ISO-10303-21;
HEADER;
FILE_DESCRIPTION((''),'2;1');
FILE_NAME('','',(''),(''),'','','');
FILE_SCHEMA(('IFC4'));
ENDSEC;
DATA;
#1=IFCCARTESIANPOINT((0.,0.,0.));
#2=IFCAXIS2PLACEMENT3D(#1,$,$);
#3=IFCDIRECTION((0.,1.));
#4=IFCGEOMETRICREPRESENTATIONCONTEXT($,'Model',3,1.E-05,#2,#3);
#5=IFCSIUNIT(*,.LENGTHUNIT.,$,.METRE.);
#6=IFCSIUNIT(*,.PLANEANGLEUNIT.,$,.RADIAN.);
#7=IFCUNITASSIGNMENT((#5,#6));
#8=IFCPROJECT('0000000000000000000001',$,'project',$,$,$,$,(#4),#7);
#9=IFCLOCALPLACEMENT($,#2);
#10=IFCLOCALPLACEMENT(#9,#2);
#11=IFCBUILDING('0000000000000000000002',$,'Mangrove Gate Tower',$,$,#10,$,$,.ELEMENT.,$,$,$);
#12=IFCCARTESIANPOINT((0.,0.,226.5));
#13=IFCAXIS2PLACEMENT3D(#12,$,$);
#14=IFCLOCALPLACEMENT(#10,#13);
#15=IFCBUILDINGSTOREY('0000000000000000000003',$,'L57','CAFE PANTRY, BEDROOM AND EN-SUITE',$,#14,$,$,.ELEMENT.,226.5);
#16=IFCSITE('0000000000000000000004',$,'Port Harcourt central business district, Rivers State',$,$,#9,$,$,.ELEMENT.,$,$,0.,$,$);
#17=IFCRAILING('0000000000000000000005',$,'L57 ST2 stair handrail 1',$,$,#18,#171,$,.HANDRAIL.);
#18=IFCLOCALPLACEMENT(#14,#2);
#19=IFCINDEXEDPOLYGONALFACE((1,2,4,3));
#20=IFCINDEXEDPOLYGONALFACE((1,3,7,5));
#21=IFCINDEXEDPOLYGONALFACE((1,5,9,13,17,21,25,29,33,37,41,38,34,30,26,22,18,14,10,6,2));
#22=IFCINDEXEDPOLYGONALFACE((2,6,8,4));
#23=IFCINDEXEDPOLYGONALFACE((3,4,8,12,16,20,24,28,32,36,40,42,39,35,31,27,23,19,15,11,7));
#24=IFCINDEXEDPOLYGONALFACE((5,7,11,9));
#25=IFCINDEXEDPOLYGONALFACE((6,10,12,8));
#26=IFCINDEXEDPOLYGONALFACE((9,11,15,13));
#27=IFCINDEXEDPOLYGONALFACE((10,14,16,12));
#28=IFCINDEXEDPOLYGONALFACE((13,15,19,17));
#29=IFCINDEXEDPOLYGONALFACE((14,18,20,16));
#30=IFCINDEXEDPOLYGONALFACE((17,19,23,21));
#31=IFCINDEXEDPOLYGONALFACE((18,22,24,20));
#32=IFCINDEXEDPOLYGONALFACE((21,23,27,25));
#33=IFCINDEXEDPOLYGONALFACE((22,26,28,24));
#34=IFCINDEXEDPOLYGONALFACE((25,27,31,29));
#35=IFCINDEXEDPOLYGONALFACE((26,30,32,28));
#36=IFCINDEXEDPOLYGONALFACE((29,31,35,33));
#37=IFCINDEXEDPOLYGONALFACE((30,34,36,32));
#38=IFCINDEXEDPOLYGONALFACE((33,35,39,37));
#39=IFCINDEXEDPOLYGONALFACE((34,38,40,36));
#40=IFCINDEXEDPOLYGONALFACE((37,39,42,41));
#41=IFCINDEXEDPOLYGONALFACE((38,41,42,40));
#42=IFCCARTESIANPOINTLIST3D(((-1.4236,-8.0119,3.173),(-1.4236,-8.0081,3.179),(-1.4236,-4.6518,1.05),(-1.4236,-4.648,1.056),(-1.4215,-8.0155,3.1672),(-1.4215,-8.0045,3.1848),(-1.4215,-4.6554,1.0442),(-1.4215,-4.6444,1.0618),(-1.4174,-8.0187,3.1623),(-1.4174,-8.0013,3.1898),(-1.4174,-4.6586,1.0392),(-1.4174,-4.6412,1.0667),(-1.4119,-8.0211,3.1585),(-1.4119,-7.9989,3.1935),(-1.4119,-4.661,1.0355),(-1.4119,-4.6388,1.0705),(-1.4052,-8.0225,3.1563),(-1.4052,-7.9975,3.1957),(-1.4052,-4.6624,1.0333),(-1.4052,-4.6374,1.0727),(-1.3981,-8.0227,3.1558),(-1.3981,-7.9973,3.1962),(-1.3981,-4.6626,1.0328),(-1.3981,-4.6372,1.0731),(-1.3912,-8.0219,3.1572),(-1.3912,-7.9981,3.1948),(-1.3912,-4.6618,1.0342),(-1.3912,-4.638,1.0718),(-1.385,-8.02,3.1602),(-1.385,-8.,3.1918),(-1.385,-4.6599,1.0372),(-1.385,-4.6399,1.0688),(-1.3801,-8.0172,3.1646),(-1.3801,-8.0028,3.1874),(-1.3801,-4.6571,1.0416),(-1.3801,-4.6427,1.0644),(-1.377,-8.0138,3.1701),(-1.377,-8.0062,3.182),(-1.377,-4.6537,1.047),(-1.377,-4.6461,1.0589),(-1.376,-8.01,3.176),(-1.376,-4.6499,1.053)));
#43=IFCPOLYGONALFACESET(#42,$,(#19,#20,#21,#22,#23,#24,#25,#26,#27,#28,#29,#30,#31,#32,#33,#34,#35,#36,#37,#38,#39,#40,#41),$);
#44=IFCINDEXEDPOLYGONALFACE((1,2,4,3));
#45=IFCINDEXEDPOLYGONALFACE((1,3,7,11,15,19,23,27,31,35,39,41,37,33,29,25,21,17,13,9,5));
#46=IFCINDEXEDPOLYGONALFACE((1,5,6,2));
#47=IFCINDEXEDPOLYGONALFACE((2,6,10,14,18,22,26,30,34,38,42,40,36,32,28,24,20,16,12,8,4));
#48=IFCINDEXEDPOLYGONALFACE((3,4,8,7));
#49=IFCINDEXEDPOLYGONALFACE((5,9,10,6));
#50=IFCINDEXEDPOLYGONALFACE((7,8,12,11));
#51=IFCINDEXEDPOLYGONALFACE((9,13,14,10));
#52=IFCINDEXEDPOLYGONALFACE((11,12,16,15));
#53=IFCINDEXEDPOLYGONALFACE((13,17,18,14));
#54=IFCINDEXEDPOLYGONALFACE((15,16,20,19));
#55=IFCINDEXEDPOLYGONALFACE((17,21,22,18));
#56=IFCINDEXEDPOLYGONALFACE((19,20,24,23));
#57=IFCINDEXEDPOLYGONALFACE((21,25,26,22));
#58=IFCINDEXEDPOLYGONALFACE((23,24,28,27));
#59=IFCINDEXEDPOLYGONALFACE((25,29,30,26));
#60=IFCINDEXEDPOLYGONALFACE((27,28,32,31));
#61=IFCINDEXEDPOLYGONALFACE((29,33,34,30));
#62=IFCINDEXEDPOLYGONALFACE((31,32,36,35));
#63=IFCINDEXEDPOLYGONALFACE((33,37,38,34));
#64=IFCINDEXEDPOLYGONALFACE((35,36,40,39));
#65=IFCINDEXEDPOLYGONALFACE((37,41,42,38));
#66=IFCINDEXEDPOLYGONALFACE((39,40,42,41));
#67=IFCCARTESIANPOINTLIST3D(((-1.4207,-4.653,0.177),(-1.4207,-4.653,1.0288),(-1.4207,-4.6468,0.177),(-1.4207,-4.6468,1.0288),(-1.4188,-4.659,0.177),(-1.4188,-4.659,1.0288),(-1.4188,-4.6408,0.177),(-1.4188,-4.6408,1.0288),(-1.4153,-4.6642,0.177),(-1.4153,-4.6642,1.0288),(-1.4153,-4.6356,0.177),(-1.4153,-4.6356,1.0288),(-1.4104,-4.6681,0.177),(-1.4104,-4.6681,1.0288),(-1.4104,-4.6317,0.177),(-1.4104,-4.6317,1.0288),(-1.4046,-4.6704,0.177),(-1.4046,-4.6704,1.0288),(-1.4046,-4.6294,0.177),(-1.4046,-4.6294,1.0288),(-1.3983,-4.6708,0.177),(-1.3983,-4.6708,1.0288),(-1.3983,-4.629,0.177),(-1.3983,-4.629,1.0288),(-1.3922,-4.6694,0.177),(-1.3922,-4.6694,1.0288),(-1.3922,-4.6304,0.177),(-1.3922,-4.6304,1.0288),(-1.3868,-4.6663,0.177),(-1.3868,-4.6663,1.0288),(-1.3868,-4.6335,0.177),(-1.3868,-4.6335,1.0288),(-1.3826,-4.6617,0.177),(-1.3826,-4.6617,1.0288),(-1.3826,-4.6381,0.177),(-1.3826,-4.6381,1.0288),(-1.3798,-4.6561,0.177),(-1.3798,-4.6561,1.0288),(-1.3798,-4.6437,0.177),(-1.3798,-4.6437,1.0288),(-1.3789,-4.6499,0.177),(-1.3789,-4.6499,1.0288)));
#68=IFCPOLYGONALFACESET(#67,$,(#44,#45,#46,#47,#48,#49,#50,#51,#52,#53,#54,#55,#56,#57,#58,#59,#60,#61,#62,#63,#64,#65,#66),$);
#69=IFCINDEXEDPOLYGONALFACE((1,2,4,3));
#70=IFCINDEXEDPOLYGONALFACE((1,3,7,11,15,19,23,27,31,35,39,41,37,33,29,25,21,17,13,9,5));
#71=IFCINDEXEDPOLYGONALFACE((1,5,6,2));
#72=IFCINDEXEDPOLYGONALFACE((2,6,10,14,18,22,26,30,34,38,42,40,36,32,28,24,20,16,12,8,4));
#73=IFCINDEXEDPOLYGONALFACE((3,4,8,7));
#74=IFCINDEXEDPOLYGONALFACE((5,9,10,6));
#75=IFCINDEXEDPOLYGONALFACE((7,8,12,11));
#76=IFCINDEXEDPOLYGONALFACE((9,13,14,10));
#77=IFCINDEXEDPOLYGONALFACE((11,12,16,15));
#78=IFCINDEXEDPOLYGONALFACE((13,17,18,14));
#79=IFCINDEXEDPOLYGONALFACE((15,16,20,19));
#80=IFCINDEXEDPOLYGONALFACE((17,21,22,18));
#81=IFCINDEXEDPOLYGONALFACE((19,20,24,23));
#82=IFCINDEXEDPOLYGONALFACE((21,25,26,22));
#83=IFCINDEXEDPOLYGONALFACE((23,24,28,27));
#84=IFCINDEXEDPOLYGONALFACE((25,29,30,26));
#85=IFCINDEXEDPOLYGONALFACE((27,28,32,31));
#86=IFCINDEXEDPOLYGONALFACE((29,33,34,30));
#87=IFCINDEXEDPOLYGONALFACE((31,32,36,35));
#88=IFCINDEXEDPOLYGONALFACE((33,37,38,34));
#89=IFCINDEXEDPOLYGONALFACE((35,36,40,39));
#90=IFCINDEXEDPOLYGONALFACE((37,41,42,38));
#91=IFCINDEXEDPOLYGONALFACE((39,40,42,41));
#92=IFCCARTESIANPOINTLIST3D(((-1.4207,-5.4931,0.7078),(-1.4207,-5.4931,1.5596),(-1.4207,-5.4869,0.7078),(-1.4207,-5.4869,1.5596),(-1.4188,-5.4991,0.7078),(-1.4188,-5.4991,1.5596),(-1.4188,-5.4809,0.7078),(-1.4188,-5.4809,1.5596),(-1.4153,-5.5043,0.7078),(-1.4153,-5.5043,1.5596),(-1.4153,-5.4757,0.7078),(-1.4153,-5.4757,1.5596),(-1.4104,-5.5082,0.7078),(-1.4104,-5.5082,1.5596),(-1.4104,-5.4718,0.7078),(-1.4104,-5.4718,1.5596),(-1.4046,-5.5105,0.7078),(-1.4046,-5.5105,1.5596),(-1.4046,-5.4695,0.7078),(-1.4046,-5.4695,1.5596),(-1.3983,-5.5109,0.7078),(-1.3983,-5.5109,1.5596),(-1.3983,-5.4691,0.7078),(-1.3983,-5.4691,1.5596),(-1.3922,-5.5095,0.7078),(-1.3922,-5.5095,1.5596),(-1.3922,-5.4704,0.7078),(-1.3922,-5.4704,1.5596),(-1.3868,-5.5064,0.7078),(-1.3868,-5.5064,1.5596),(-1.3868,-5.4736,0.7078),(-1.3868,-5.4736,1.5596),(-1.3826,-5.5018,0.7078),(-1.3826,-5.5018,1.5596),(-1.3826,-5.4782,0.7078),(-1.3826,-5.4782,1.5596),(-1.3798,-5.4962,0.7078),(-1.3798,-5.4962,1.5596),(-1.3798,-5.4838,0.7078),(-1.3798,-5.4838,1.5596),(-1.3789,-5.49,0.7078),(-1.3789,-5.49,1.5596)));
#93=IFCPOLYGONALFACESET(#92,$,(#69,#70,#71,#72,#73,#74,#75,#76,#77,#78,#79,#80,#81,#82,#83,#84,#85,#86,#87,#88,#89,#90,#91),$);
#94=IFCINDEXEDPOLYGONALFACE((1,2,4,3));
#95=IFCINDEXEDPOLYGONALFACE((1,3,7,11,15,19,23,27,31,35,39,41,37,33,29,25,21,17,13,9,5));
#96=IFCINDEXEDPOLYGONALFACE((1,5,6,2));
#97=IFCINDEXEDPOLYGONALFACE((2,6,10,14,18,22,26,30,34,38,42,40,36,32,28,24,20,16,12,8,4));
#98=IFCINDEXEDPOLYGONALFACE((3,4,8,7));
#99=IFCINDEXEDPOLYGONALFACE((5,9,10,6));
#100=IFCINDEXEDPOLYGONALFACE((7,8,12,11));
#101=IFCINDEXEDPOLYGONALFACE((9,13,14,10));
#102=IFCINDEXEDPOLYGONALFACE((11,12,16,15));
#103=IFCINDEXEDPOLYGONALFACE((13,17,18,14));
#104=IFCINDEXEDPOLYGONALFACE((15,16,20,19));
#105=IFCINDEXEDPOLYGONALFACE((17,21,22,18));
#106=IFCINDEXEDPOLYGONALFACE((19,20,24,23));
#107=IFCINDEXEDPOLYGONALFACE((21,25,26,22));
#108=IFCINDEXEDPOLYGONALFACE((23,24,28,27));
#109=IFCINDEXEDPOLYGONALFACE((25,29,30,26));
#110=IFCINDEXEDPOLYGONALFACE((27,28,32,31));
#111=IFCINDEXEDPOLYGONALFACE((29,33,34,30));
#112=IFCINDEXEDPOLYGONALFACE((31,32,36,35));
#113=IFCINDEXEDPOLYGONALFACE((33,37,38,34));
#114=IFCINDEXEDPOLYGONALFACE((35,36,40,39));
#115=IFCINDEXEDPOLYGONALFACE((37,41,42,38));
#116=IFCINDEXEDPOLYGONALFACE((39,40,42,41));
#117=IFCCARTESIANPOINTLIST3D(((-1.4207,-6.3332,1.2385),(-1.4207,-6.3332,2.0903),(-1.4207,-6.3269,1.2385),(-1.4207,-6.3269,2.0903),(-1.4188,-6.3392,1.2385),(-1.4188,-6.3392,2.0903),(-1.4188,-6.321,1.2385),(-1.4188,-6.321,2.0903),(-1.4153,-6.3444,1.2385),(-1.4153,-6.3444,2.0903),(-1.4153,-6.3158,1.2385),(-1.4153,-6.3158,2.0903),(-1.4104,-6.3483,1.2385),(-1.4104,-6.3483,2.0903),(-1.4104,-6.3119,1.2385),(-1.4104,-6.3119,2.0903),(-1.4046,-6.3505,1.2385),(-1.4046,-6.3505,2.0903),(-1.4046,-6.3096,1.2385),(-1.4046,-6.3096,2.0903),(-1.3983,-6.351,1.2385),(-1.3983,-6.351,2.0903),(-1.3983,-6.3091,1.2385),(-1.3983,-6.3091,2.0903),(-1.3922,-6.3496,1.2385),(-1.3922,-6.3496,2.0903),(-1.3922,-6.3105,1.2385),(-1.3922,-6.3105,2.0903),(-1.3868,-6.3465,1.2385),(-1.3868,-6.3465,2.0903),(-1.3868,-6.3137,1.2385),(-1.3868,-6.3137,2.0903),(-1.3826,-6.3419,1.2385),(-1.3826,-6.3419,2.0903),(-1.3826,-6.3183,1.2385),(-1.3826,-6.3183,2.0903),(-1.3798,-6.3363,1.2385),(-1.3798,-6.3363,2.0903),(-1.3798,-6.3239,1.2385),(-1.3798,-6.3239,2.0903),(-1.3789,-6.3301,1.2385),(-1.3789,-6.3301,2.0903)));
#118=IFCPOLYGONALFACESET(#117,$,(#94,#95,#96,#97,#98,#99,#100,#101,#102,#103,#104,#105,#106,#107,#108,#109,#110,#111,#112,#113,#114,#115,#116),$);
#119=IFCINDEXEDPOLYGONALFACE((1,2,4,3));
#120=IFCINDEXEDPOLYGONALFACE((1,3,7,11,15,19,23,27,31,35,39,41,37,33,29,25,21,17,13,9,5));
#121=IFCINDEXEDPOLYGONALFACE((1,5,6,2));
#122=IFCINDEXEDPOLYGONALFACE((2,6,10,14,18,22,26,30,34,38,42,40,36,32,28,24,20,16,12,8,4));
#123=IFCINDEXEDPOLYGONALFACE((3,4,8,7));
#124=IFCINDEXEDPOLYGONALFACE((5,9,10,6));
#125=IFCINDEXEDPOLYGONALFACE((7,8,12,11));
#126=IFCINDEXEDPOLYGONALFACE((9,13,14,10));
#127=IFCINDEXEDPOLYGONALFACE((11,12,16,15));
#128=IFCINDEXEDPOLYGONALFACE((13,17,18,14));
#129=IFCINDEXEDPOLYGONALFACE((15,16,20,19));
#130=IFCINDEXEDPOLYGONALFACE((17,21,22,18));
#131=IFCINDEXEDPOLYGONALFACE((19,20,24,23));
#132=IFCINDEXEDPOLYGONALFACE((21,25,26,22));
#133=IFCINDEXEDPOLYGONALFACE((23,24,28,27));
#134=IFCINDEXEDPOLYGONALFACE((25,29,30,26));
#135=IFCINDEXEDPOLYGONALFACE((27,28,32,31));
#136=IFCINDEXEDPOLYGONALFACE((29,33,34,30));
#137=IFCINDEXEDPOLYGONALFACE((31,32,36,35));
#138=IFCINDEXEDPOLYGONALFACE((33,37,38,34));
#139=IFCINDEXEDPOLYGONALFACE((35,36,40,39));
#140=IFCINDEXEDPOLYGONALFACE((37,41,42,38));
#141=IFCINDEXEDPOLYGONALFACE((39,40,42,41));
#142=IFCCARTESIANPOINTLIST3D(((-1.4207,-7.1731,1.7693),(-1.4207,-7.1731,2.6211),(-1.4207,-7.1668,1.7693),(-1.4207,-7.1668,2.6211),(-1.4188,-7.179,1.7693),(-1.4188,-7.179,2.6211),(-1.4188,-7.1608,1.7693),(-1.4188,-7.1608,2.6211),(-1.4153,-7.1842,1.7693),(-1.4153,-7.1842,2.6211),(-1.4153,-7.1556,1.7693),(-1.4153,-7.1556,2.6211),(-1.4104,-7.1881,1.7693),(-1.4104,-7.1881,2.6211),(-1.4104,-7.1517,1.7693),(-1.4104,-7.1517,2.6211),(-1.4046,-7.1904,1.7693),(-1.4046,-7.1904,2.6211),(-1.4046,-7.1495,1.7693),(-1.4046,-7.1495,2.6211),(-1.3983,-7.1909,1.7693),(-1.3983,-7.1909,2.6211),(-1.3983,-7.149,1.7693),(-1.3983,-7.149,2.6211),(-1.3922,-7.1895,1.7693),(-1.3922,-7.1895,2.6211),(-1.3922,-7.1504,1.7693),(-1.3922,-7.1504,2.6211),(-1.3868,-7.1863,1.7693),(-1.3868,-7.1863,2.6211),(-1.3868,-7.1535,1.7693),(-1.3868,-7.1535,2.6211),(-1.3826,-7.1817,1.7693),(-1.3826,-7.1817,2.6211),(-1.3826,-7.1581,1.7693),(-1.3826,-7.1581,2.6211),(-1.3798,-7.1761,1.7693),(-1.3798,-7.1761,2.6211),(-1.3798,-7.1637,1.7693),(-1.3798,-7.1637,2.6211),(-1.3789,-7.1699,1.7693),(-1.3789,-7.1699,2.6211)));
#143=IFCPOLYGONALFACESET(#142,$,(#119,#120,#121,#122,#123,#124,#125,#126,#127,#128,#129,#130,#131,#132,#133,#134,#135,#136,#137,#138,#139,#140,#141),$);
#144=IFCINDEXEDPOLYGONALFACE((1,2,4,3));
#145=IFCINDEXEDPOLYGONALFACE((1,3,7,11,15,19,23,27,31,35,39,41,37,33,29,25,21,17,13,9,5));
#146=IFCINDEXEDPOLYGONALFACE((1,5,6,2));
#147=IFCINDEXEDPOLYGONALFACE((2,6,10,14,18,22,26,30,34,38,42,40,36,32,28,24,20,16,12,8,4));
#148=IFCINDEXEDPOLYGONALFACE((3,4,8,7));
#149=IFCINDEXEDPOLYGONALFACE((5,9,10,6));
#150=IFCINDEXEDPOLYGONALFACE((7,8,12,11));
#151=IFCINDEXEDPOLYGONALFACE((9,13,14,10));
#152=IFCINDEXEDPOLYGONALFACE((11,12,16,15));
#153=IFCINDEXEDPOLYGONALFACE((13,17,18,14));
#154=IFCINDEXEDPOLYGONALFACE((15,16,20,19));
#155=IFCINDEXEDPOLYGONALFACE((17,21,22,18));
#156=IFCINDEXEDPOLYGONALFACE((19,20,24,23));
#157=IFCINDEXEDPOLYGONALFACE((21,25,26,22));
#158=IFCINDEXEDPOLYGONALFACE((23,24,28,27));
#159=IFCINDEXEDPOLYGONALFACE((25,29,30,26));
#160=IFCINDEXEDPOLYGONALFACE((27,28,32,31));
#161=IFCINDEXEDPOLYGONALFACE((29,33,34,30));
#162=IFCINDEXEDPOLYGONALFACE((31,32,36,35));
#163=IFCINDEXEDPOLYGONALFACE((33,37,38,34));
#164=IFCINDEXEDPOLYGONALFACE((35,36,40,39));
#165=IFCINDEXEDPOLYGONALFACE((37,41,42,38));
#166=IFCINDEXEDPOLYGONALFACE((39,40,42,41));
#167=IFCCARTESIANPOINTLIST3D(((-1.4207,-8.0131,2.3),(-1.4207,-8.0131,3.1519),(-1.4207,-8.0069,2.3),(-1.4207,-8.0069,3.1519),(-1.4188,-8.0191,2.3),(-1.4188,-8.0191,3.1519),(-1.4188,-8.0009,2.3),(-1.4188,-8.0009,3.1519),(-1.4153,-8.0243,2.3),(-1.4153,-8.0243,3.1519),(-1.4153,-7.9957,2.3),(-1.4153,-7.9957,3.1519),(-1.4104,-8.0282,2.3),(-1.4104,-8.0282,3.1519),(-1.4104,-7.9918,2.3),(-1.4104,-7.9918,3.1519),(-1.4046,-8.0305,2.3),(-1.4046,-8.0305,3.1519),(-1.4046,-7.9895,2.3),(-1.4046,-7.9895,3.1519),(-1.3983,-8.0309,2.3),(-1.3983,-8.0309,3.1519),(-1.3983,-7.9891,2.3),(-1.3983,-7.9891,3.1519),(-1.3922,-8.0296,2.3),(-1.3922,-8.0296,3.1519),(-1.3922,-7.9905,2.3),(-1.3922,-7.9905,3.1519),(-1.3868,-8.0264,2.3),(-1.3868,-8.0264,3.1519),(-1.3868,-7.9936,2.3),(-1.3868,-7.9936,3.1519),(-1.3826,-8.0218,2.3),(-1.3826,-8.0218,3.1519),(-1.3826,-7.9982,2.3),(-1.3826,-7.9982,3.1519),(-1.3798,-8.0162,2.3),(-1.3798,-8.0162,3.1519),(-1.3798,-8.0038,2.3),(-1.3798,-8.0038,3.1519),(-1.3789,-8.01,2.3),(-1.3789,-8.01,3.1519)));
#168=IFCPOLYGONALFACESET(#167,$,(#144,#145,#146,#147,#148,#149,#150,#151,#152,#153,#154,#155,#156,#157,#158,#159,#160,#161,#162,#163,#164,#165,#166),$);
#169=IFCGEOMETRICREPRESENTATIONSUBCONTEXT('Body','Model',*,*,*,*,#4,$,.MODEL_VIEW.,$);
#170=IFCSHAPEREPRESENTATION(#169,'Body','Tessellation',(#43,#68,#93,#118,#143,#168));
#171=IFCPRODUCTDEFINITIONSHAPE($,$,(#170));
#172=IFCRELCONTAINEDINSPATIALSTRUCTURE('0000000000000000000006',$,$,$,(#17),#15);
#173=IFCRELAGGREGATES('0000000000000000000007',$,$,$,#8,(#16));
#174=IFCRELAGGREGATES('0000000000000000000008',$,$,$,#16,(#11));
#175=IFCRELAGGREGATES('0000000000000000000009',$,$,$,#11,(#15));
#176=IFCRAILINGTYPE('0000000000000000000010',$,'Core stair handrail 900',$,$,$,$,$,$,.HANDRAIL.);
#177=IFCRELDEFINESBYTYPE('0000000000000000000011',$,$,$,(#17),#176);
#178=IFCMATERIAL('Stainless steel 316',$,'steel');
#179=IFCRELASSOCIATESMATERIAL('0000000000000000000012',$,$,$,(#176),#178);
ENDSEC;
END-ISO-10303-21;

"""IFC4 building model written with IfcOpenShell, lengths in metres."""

from ifc_helpers import new_model, si_unit, direction, frame, origin, origin_2d, place, context, subcontext, project, spatial, circle, extrude, material, type_object, element, save


model = new_model("IFC4")

# Units and contexts
model_context = context("Model", 3, precision=1e-05, world=origin(), true_north=direction((0.0, 1.0)))
body_context = subcontext(model_context, "Body", "Model", "MODEL_VIEW")
ifc_project = project(units=[si_unit("LENGTHUNIT", "METRE"), si_unit("PLANEANGLEUNIT", "RADIAN")], contexts=[model_context])

# Site, building, storey
site_placement = place(None, origin())
site = spatial("IfcSite", under=ifc_project, at=site_placement, Name="Port Harcourt central business district, Rivers State", CompositionType="ELEMENT", RefElevation=0.0)
building_placement = place(site_placement, origin())
building = spatial("IfcBuilding", under=site, at=building_placement, Name="Mangrove Gate Tower", CompositionType="ELEMENT")
storey_placement = place(building_placement, frame((0.0, 0.0, 226.5)))
storey = spatial("IfcBuildingStorey", under=building, at=storey_placement, Name="L57", Description="CAFE PANTRY, BEDROOM AND EN-SUITE", CompositionType="ELEMENT", Elevation=226.5)

# Railing
ifc_material_1 = material(Name="Stainless steel 316", Category="steel")
railing_type_1 = type_object("IfcRailingType", Name="Core stair handrail 900", PredefinedType="HANDRAIL", material=ifc_material_1)
railing_1_placement = place(storey_placement, frame((-1.3999, -4.6499, 0.177)))
element("IfcRailing", 1, at=railing_1_placement, inside=storey, type_object=railing_type_1, Name="L57 ST2 stair handrail 1", PredefinedType="HANDRAIL", context=body_context, shape_type="SweptSolid", body=[
    extrude(circle(Radius=0.0239, at=origin_2d()), frame((0.0, 0.0, 0.876), z_axis=(0.0, -0.84539, 0.53415), x_axis=(1.0, 0.0, 0.0)), (0.0, 0.0, 1.0), 3.9746),
    extrude(circle(Radius=0.021, at=origin_2d()), origin(), (0.0, 0.0, 1.0), 0.8518),
    extrude(circle(Radius=0.021, at=origin_2d()), frame((0.0, -0.8401, 0.5308)), (0.0, 0.0, 1.0), 0.8518),
    extrude(circle(Radius=0.021, at=origin_2d()), frame((0.0, -1.6802, 1.0615)), (0.0, 0.0, 1.0), 0.8518),
    extrude(circle(Radius=0.021, at=origin_2d()), frame((0.0, -2.52, 1.5923)), (0.0, 0.0, 1.0), 0.8518),
    extrude(circle(Radius=0.021, at=origin_2d()), frame((0.0, -3.3601, 2.123)), (0.0, 0.0, 1.0), 0.8518),
])

save(model, "model.ifc")
